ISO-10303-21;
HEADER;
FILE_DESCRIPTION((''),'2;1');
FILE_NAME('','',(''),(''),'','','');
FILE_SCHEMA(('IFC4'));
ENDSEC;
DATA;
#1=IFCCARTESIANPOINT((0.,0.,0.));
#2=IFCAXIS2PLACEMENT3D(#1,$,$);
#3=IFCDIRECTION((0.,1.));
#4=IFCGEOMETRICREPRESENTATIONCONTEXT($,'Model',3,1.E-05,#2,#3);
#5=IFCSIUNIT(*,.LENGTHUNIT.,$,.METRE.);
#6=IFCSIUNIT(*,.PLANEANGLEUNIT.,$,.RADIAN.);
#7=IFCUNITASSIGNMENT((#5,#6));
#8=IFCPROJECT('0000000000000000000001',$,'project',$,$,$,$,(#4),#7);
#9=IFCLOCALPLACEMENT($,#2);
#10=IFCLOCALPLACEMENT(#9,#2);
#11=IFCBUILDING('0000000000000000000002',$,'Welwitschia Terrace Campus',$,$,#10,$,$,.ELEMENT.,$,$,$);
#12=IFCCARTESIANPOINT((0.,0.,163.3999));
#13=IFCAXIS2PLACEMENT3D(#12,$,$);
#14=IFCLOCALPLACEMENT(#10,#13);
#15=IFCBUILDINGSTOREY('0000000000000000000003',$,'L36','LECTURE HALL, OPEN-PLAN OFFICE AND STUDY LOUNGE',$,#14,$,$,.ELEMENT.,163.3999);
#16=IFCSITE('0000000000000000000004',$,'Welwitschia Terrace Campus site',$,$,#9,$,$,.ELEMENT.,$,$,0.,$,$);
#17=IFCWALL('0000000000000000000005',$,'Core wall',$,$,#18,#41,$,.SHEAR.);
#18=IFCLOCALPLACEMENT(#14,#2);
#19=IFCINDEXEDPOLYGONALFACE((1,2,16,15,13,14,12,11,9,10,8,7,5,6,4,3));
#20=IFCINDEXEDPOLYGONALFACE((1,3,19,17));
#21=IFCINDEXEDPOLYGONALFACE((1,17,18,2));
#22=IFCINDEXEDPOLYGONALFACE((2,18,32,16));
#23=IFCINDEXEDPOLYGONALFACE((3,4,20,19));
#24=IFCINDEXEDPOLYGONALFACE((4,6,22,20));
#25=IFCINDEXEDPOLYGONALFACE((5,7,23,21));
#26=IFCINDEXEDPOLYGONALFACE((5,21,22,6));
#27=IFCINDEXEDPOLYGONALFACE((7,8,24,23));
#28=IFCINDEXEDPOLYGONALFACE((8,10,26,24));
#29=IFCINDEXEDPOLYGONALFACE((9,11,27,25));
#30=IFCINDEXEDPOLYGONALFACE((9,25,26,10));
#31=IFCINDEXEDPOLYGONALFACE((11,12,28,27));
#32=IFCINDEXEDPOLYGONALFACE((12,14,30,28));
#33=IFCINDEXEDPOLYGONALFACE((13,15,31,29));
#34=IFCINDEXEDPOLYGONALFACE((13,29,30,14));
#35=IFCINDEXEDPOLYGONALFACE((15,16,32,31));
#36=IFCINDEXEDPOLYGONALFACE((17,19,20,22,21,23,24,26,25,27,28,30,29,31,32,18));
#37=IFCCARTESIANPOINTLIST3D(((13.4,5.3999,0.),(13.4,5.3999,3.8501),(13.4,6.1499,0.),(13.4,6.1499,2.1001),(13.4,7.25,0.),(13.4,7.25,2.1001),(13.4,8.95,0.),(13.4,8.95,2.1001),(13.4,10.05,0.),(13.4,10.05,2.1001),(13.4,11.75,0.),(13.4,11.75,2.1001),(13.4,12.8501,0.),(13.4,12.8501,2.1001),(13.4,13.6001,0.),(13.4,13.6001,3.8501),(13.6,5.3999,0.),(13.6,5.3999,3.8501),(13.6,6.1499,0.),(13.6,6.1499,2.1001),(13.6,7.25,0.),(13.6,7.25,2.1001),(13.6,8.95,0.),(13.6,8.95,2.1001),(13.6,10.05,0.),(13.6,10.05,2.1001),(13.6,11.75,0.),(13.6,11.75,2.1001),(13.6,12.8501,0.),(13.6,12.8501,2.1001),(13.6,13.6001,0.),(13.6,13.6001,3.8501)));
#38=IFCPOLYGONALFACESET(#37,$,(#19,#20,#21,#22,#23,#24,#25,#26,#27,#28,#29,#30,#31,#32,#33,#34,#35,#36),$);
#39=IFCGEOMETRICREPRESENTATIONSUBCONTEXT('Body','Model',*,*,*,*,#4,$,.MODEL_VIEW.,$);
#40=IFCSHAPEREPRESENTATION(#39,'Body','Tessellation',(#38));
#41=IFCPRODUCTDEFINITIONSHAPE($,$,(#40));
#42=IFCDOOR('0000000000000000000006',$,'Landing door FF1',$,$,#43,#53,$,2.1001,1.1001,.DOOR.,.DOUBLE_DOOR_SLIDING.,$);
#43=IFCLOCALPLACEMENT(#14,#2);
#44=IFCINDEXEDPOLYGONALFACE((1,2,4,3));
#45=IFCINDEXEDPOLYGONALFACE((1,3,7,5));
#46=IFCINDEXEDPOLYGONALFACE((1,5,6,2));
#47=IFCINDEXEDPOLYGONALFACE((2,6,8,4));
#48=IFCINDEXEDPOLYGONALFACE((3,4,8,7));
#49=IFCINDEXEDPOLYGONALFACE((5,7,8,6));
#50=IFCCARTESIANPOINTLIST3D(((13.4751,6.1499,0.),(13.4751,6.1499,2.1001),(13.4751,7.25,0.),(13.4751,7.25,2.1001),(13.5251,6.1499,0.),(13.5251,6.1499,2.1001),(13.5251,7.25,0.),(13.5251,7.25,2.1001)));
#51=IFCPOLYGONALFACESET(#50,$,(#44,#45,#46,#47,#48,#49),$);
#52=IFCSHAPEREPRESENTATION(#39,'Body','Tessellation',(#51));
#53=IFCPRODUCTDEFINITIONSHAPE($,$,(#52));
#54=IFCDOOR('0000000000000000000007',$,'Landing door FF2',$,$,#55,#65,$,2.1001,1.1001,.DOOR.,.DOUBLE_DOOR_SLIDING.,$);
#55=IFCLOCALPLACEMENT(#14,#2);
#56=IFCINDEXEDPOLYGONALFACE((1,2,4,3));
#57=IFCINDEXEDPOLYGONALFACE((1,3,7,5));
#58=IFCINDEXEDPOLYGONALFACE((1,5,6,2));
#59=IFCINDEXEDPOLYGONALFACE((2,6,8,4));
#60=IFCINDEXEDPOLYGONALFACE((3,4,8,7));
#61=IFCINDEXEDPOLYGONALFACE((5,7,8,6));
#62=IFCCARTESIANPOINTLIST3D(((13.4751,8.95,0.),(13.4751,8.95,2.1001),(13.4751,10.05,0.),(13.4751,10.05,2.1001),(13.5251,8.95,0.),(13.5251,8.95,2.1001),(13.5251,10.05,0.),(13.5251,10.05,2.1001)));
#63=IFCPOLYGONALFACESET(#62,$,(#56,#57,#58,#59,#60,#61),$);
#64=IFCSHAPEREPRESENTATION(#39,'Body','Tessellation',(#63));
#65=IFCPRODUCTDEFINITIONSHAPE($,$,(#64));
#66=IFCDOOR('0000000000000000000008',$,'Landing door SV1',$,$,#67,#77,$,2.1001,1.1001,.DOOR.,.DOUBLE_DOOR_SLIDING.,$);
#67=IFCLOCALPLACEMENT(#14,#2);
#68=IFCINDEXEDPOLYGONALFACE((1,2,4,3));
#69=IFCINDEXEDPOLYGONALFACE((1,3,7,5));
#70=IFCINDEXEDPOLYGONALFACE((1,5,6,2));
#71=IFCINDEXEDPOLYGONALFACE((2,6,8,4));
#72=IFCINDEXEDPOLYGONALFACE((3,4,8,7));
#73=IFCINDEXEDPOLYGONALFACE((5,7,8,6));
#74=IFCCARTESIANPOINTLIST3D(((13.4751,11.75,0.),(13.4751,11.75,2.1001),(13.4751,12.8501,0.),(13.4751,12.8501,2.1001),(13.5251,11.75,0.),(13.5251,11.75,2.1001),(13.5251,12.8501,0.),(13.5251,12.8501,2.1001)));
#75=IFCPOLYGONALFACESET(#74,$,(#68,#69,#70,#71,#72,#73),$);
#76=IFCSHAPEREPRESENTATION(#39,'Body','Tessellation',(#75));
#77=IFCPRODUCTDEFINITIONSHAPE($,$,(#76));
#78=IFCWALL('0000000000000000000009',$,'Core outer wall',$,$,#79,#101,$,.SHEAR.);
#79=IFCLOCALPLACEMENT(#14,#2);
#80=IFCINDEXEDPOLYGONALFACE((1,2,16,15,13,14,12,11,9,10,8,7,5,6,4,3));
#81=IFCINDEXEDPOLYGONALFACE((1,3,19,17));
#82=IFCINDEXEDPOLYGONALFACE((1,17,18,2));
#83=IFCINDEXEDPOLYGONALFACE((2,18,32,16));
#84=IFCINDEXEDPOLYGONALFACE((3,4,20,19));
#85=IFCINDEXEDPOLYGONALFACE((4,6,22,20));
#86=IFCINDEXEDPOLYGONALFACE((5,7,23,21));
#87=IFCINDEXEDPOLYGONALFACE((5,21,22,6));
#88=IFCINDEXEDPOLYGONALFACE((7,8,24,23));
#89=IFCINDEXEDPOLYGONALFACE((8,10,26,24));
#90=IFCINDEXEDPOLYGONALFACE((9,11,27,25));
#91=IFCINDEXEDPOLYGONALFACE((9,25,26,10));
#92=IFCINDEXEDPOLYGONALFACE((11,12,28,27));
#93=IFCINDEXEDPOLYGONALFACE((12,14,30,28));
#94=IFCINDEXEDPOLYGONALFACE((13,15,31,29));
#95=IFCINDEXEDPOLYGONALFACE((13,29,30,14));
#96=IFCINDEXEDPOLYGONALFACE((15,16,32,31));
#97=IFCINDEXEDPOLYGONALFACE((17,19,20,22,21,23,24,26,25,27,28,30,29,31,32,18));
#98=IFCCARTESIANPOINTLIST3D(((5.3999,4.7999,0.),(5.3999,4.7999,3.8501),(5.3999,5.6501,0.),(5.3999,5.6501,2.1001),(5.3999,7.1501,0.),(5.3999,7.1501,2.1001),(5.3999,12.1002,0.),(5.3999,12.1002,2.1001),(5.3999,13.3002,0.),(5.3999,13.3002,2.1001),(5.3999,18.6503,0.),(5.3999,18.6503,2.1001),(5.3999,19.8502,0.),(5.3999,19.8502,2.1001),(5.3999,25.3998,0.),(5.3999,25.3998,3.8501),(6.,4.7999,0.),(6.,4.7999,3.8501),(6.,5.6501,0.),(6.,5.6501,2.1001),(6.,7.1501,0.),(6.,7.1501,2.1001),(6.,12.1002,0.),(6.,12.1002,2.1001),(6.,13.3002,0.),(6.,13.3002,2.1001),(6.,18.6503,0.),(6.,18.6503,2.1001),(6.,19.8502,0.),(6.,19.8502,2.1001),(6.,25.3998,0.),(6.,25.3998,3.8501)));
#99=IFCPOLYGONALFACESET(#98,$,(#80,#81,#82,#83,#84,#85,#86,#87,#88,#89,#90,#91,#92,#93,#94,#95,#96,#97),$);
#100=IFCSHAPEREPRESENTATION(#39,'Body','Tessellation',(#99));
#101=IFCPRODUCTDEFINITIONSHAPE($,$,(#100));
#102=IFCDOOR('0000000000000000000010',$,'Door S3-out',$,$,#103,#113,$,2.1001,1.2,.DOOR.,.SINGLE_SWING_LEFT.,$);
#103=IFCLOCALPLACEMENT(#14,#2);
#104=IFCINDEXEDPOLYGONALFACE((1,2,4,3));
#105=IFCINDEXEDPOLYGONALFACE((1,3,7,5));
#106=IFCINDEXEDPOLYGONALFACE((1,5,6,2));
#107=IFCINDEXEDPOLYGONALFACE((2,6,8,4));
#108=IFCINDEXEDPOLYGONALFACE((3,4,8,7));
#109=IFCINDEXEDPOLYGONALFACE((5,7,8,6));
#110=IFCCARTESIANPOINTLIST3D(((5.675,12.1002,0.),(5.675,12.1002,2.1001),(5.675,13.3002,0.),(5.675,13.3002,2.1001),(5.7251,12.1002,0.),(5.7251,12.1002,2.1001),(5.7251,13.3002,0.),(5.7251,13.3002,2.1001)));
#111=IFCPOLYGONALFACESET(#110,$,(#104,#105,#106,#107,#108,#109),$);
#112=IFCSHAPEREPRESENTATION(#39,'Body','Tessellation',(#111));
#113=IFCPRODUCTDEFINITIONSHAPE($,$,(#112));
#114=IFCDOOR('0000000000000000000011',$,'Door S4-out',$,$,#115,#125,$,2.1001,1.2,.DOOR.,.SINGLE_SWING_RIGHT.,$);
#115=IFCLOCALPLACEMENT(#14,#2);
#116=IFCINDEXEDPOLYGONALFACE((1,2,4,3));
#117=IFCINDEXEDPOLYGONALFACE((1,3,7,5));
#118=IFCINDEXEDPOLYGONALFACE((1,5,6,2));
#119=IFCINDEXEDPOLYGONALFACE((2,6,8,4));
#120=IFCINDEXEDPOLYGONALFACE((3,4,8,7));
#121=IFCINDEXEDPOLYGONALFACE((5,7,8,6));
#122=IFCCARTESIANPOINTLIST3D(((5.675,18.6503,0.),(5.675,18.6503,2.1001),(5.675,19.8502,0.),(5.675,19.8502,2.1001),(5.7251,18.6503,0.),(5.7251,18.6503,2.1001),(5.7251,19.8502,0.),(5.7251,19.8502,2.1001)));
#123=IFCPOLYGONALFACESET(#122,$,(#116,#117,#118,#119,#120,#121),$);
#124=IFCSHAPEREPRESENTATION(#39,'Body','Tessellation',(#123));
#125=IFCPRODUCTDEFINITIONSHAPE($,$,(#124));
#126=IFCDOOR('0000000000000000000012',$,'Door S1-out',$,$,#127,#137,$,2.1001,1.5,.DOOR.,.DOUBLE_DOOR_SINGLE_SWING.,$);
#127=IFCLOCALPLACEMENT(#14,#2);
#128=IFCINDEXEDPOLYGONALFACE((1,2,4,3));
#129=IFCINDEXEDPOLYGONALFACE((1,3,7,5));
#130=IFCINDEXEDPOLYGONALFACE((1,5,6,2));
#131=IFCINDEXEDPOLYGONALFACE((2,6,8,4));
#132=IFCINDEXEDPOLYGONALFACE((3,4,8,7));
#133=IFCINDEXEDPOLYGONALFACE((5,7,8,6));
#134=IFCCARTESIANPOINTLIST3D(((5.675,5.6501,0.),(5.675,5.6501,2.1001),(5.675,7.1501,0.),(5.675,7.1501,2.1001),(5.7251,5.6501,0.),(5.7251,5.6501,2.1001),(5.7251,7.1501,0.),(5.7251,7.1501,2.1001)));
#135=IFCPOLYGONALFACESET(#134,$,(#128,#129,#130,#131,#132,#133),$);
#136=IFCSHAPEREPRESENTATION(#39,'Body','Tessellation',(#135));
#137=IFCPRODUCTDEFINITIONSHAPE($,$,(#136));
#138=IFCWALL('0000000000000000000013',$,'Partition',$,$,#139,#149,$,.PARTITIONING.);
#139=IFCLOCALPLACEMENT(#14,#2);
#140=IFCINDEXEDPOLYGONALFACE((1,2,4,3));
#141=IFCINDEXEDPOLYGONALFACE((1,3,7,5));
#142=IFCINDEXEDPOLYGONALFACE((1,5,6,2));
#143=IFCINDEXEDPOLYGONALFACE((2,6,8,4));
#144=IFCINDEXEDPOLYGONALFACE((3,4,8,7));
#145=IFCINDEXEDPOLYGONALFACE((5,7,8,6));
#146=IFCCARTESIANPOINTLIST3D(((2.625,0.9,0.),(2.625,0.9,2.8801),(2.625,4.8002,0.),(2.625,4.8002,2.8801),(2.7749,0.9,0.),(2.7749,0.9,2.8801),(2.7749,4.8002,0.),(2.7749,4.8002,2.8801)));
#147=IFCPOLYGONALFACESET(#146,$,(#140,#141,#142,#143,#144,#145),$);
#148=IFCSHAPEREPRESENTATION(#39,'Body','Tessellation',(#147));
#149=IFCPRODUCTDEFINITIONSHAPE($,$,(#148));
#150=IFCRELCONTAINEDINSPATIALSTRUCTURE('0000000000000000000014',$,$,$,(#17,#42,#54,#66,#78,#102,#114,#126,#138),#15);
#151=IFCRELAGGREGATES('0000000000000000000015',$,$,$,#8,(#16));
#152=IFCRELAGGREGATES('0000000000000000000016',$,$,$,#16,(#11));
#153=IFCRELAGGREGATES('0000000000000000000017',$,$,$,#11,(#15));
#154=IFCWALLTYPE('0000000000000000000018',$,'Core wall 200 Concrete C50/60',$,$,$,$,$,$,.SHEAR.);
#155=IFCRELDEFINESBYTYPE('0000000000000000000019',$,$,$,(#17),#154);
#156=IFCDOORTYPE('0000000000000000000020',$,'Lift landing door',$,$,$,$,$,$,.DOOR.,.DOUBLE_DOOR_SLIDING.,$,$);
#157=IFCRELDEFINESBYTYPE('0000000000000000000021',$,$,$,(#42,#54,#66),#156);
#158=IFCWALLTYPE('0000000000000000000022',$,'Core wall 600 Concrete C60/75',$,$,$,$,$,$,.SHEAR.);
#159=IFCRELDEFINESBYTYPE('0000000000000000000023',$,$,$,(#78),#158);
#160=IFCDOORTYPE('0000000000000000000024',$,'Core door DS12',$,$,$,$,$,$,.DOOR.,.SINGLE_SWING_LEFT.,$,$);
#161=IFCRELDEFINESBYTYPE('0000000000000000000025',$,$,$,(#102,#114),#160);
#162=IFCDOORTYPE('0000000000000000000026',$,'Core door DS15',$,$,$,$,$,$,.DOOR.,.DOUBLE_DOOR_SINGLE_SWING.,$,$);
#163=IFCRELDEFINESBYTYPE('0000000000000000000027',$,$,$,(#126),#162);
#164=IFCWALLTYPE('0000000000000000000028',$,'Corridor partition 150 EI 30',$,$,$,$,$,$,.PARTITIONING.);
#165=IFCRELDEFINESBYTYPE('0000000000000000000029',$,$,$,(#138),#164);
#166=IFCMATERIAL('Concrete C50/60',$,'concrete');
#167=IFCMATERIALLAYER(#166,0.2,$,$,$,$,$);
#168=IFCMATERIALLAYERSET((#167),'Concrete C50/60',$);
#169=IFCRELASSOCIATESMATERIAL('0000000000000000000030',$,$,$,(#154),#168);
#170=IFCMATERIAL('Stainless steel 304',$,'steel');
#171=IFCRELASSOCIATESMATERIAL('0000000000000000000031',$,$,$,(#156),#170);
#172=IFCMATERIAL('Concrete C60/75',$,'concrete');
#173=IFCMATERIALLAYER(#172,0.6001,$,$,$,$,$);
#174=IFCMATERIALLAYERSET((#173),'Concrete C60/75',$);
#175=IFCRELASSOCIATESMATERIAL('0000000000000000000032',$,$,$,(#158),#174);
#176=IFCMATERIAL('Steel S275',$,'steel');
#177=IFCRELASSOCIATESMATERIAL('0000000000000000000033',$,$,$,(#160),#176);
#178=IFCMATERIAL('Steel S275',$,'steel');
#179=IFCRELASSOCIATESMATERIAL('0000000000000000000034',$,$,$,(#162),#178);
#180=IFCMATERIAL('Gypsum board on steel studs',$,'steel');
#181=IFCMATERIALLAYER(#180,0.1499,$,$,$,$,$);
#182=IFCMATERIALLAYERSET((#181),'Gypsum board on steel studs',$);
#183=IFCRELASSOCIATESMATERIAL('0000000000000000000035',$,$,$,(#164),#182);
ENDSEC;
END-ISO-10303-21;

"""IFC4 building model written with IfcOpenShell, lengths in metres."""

from ifc_helpers import new_model, si_unit, direction, frame, frame_2d, origin, place, context, subcontext, project, spatial, rectangle, extrude, material, layer, layer_set, type_object, element, fill, save


model = new_model("IFC4")

# Units and contexts
model_context = context("Model", 3, precision=1e-05, world=origin(), true_north=direction((0.0, 1.0)))
body_context = subcontext(model_context, "Body", "Model", "MODEL_VIEW")
ifc_project = project(units=[si_unit("LENGTHUNIT", "METRE"), si_unit("PLANEANGLEUNIT", "RADIAN")], contexts=[model_context])

# Site, building, storey
site_placement = place(None, origin())
site = spatial("IfcSite", under=ifc_project, at=site_placement, Name="Welwitschia Terrace Campus site", CompositionType="ELEMENT", RefElevation=0.0)
building_placement = place(site_placement, origin())
building = spatial("IfcBuilding", under=site, at=building_placement, Name="Welwitschia Terrace Campus", CompositionType="ELEMENT")
storey_placement = place(building_placement, frame((0.0, 0.0, 163.3999)))
storey = spatial("IfcBuildingStorey", under=building, at=storey_placement, Name="L36", Description="LECTURE HALL, OPEN-PLAN OFFICE AND STUDY LOUNGE", CompositionType="ELEMENT", Elevation=163.3999)

# Walls, openings, doors
ifc_material_1 = material(Name="Concrete C50/60", Category="concrete")
ifc_layer_1 = layer(ifc_material_1, 0.2)
ifc_layer_set_1 = layer_set([ifc_layer_1], Name="Concrete C50/60")
wall_type_1 = type_object("IfcWallType", Name="Core wall 200 Concrete C50/60", PredefinedType="SHEAR", material=ifc_layer_set_1)
wall_1_placement = place(storey_placement, frame((13.5, 5.3999, 0.0), z_axis=(0.0, 0.0, 1.0), x_axis=(0.0, 1.0, 0.0)))
wall_1 = element("IfcWall", 1, at=wall_1_placement, inside=storey, type_object=wall_type_1, Name="Core wall", PredefinedType="SHEAR", context=body_context, shape_type="SweptSolid", body=[
    extrude(rectangle(XDim=8.2002, YDim=0.2, at=frame_2d((4.1001, 0.0))), origin(), (0.0, 0.0, 1.0), 3.8501),
])
opening_1_placement = place(wall_1_placement, frame((0.75, 0.0, 0.0)))
opening_1 = element("IfcOpeningElement", 2, at=opening_1_placement, cuts=wall_1, PredefinedType="OPENING", context=body_context, shape_type="SweptSolid", body=[
    extrude(rectangle(XDim=1.1001, YDim=2.1001, at=frame_2d((0.55, 1.05))), frame((0.0, 0.1099, 0.0), z_axis=(0.0, -1.0, 0.0), x_axis=(1.0, 0.0, 0.0)), (0.0, 0.0, 1.0), 0.22),
])
opening_2_placement = place(wall_1_placement, frame((3.55, 0.0, 0.0)))
opening_2 = element("IfcOpeningElement", 3, at=opening_2_placement, cuts=wall_1, PredefinedType="OPENING", context=body_context, shape_type="SweptSolid", body=[
    extrude(rectangle(XDim=1.1001, YDim=2.1001, at=frame_2d((0.55, 1.05))), frame((0.0, 0.1099, 0.0), z_axis=(0.0, -1.0, 0.0), x_axis=(1.0, 0.0, 0.0)), (0.0, 0.0, 1.0), 0.22),
])
opening_3_placement = place(wall_1_placement, frame((6.3501, 0.0, 0.0)))
opening_3 = element("IfcOpeningElement", 4, at=opening_3_placement, cuts=wall_1, PredefinedType="OPENING", context=body_context, shape_type="SweptSolid", body=[
    extrude(rectangle(XDim=1.1001, YDim=2.1001, at=frame_2d((0.55, 1.05))), frame((0.0, 0.1099, 0.0), z_axis=(0.0, -1.0, 0.0), x_axis=(1.0, 0.0, 0.0)), (0.0, 0.0, 1.0), 0.22),
])
ifc_material_2 = material(Name="Stainless steel 304", Category="steel")
door_type_1 = type_object("IfcDoorType", Name="Lift landing door", OperationType="DOUBLE_DOOR_SLIDING", PredefinedType="DOOR", material=ifc_material_2)
door_1_placement = place(opening_1_placement, origin())
door_1 = element("IfcDoor", 5, at=door_1_placement, inside=storey, type_object=door_type_1, Name="Landing door FF1", OperationType="DOUBLE_DOOR_SLIDING", OverallHeight=2.1001, OverallWidth=1.1001, PredefinedType="DOOR", context=body_context, shape_type="SweptSolid", body=[
    extrude(rectangle(XDim=1.1001, YDim=2.1001, at=frame_2d((0.55, 1.05))), frame((0.0, 0.0249, 0.0), z_axis=(0.0, -1.0, 0.0), x_axis=(1.0, 0.0, 0.0)), (0.0, 0.0, 1.0), 0.05),
])
fill(opening_1, door_1)
door_2_placement = place(opening_2_placement, origin())
door_2 = element("IfcDoor", 6, at=door_2_placement, inside=storey, type_object=door_type_1, Name="Landing door FF2", OperationType="DOUBLE_DOOR_SLIDING", OverallHeight=2.1001, OverallWidth=1.1001, PredefinedType="DOOR", context=body_context, shape_type="SweptSolid", body=[
    extrude(rectangle(XDim=1.1001, YDim=2.1001, at=frame_2d((0.55, 1.05))), frame((0.0, 0.0249, 0.0), z_axis=(0.0, -1.0, 0.0), x_axis=(1.0, 0.0, 0.0)), (0.0, 0.0, 1.0), 0.05),
])
fill(opening_2, door_2)
door_3_placement = place(opening_3_placement, origin())
door_3 = element("IfcDoor", 7, at=door_3_placement, inside=storey, type_object=door_type_1, Name="Landing door SV1", OperationType="DOUBLE_DOOR_SLIDING", OverallHeight=2.1001, OverallWidth=1.1001, PredefinedType="DOOR", context=body_context, shape_type="SweptSolid", body=[
    extrude(rectangle(XDim=1.1001, YDim=2.1001, at=frame_2d((0.55, 1.05))), frame((0.0, 0.0249, 0.0), z_axis=(0.0, -1.0, 0.0), x_axis=(1.0, 0.0, 0.0)), (0.0, 0.0, 1.0), 0.05),
])
fill(opening_3, door_3)
ifc_material_3 = material(Name="Concrete C60/75", Category="concrete")
ifc_layer_2 = layer(ifc_material_3, 0.6001)
ifc_layer_set_2 = layer_set([ifc_layer_2], Name="Concrete C60/75")
wall_type_2 = type_object("IfcWallType", Name="Core wall 600 Concrete C60/75", PredefinedType="SHEAR", material=ifc_layer_set_2)
wall_2_placement = place(storey_placement, frame((5.7, 4.8, 0.0), z_axis=(0.0, 0.0, 1.0), x_axis=(0.0, 1.0, 0.0)))
wall_2 = element("IfcWall", 8, at=wall_2_placement, inside=storey, type_object=wall_type_2, Name="Core outer wall", PredefinedType="SHEAR", context=body_context, shape_type="SweptSolid", body=[
    extrude(rectangle(XDim=20.5999, YDim=0.6001, at=frame_2d((10.2998, 0.0))), origin(), (0.0, 0.0, 1.0), 3.8501),
])
opening_4_placement = place(wall_2_placement, frame((0.8501, 0.0, 0.0)))
opening_4 = element("IfcOpeningElement", 9, at=opening_4_placement, cuts=wall_2, PredefinedType="OPENING", context=body_context, shape_type="SweptSolid", body=[
    extrude(rectangle(XDim=1.5, YDim=2.1001, at=frame_2d((0.75, 1.05))), frame((0.0, 0.3101, 0.0), z_axis=(0.0, -1.0, 0.0), x_axis=(1.0, 0.0, 0.0)), (0.0, 0.0, 1.0), 0.6201),
])
opening_5_placement = place(wall_2_placement, frame((7.3, 0.0, 0.0)))
opening_5 = element("IfcOpeningElement", 10, at=opening_5_placement, cuts=wall_2, PredefinedType="OPENING", context=body_context, shape_type="SweptSolid", body=[
    extrude(rectangle(XDim=1.2, YDim=2.1001, at=frame_2d((0.6001, 1.05))), frame((0.0, 0.3101, 0.0), z_axis=(0.0, -1.0, 0.0), x_axis=(1.0, 0.0, 0.0)), (0.0, 0.0, 1.0), 0.6201),
])
opening_6_placement = place(wall_2_placement, frame((13.8501, 0.0, 0.0)))
opening_6 = element("IfcOpeningElement", 11, at=opening_6_placement, cuts=wall_2, PredefinedType="OPENING", context=body_context, shape_type="SweptSolid", body=[
    extrude(rectangle(XDim=1.2, YDim=2.1001, at=frame_2d((0.6001, 1.05))), frame((0.0, 0.3101, 0.0), z_axis=(0.0, -1.0, 0.0), x_axis=(1.0, 0.0, 0.0)), (0.0, 0.0, 1.0), 0.6201),
])
ifc_material_4 = material(Name="Steel S275", Category="steel")
door_type_2 = type_object("IfcDoorType", Name="Core door DS12", OperationType="SINGLE_SWING_LEFT", PredefinedType="DOOR", material=ifc_material_4)
door_4_placement = place(opening_5_placement, origin())
door_4 = element("IfcDoor", 12, at=door_4_placement, inside=storey, type_object=door_type_2, Name="Door S3-out", OperationType="SINGLE_SWING_LEFT", OverallHeight=2.1001, OverallWidth=1.2, PredefinedType="DOOR", context=body_context, shape_type="SweptSolid", body=[
    extrude(rectangle(XDim=1.2, YDim=2.1001, at=frame_2d((0.6001, 1.05))), frame((0.0, 0.0249, 0.0), z_axis=(0.0, -1.0, 0.0), x_axis=(1.0, 0.0, 0.0)), (0.0, 0.0, 1.0), 0.05),
])
fill(opening_5, door_4)
door_5_placement = place(opening_6_placement, origin())
door_5 = element("IfcDoor", 13, at=door_5_placement, inside=storey, type_object=door_type_2, Name="Door S4-out", OperationType="SINGLE_SWING_RIGHT", OverallHeight=2.1001, OverallWidth=1.2, PredefinedType="DOOR", context=body_context, shape_type="SweptSolid", body=[
    extrude(rectangle(XDim=1.2, YDim=2.1001, at=frame_2d((0.6001, 1.05))), frame((0.0, 0.0249, 0.0), z_axis=(0.0, -1.0, 0.0), x_axis=(1.0, 0.0, 0.0)), (0.0, 0.0, 1.0), 0.05),
])
fill(opening_6, door_5)
ifc_material_5 = material(Name="Steel S275", Category="steel")
door_type_3 = type_object("IfcDoorType", Name="Core door DS15", OperationType="DOUBLE_DOOR_SINGLE_SWING", PredefinedType="DOOR", material=ifc_material_5)
door_6_placement = place(opening_4_placement, origin())
door_6 = element("IfcDoor", 14, at=door_6_placement, inside=storey, type_object=door_type_3, Name="Door S1-out", OperationType="DOUBLE_DOOR_SINGLE_SWING", OverallHeight=2.1001, OverallWidth=1.5, PredefinedType="DOOR", context=body_context, shape_type="SweptSolid", body=[
    extrude(rectangle(XDim=1.5, YDim=2.1001, at=frame_2d((0.75, 1.05))), frame((0.0, 0.0249, 0.0), z_axis=(0.0, -1.0, 0.0), x_axis=(1.0, 0.0, 0.0)), (0.0, 0.0, 1.0), 0.05),
])
fill(opening_4, door_6)

# Wall
ifc_material_6 = material(Name="Gypsum board on steel studs", Category="steel")
ifc_layer_3 = layer(ifc_material_6, 0.1499)
ifc_layer_set_3 = layer_set([ifc_layer_3], Name="Gypsum board on steel studs")
wall_type_3 = type_object("IfcWallType", Name="Corridor partition 150 EI 30", PredefinedType="PARTITIONING", material=ifc_layer_set_3)
wall_3_placement = place(storey_placement, frame((2.7, 0.8999, 0.0), z_axis=(0.0, 0.0, 1.0), x_axis=(0.0, 1.0, 0.0)))
element("IfcWall", 15, at=wall_3_placement, inside=storey, type_object=wall_type_3, Name="Partition", PredefinedType="PARTITIONING", context=body_context, shape_type="SweptSolid", body=[
    extrude(rectangle(XDim=3.9001, YDim=0.1499, at=frame_2d((1.9502, 0.0))), origin(), (0.0, 0.0, 1.0), 2.8801),
])

save(model, "model.ifc")
